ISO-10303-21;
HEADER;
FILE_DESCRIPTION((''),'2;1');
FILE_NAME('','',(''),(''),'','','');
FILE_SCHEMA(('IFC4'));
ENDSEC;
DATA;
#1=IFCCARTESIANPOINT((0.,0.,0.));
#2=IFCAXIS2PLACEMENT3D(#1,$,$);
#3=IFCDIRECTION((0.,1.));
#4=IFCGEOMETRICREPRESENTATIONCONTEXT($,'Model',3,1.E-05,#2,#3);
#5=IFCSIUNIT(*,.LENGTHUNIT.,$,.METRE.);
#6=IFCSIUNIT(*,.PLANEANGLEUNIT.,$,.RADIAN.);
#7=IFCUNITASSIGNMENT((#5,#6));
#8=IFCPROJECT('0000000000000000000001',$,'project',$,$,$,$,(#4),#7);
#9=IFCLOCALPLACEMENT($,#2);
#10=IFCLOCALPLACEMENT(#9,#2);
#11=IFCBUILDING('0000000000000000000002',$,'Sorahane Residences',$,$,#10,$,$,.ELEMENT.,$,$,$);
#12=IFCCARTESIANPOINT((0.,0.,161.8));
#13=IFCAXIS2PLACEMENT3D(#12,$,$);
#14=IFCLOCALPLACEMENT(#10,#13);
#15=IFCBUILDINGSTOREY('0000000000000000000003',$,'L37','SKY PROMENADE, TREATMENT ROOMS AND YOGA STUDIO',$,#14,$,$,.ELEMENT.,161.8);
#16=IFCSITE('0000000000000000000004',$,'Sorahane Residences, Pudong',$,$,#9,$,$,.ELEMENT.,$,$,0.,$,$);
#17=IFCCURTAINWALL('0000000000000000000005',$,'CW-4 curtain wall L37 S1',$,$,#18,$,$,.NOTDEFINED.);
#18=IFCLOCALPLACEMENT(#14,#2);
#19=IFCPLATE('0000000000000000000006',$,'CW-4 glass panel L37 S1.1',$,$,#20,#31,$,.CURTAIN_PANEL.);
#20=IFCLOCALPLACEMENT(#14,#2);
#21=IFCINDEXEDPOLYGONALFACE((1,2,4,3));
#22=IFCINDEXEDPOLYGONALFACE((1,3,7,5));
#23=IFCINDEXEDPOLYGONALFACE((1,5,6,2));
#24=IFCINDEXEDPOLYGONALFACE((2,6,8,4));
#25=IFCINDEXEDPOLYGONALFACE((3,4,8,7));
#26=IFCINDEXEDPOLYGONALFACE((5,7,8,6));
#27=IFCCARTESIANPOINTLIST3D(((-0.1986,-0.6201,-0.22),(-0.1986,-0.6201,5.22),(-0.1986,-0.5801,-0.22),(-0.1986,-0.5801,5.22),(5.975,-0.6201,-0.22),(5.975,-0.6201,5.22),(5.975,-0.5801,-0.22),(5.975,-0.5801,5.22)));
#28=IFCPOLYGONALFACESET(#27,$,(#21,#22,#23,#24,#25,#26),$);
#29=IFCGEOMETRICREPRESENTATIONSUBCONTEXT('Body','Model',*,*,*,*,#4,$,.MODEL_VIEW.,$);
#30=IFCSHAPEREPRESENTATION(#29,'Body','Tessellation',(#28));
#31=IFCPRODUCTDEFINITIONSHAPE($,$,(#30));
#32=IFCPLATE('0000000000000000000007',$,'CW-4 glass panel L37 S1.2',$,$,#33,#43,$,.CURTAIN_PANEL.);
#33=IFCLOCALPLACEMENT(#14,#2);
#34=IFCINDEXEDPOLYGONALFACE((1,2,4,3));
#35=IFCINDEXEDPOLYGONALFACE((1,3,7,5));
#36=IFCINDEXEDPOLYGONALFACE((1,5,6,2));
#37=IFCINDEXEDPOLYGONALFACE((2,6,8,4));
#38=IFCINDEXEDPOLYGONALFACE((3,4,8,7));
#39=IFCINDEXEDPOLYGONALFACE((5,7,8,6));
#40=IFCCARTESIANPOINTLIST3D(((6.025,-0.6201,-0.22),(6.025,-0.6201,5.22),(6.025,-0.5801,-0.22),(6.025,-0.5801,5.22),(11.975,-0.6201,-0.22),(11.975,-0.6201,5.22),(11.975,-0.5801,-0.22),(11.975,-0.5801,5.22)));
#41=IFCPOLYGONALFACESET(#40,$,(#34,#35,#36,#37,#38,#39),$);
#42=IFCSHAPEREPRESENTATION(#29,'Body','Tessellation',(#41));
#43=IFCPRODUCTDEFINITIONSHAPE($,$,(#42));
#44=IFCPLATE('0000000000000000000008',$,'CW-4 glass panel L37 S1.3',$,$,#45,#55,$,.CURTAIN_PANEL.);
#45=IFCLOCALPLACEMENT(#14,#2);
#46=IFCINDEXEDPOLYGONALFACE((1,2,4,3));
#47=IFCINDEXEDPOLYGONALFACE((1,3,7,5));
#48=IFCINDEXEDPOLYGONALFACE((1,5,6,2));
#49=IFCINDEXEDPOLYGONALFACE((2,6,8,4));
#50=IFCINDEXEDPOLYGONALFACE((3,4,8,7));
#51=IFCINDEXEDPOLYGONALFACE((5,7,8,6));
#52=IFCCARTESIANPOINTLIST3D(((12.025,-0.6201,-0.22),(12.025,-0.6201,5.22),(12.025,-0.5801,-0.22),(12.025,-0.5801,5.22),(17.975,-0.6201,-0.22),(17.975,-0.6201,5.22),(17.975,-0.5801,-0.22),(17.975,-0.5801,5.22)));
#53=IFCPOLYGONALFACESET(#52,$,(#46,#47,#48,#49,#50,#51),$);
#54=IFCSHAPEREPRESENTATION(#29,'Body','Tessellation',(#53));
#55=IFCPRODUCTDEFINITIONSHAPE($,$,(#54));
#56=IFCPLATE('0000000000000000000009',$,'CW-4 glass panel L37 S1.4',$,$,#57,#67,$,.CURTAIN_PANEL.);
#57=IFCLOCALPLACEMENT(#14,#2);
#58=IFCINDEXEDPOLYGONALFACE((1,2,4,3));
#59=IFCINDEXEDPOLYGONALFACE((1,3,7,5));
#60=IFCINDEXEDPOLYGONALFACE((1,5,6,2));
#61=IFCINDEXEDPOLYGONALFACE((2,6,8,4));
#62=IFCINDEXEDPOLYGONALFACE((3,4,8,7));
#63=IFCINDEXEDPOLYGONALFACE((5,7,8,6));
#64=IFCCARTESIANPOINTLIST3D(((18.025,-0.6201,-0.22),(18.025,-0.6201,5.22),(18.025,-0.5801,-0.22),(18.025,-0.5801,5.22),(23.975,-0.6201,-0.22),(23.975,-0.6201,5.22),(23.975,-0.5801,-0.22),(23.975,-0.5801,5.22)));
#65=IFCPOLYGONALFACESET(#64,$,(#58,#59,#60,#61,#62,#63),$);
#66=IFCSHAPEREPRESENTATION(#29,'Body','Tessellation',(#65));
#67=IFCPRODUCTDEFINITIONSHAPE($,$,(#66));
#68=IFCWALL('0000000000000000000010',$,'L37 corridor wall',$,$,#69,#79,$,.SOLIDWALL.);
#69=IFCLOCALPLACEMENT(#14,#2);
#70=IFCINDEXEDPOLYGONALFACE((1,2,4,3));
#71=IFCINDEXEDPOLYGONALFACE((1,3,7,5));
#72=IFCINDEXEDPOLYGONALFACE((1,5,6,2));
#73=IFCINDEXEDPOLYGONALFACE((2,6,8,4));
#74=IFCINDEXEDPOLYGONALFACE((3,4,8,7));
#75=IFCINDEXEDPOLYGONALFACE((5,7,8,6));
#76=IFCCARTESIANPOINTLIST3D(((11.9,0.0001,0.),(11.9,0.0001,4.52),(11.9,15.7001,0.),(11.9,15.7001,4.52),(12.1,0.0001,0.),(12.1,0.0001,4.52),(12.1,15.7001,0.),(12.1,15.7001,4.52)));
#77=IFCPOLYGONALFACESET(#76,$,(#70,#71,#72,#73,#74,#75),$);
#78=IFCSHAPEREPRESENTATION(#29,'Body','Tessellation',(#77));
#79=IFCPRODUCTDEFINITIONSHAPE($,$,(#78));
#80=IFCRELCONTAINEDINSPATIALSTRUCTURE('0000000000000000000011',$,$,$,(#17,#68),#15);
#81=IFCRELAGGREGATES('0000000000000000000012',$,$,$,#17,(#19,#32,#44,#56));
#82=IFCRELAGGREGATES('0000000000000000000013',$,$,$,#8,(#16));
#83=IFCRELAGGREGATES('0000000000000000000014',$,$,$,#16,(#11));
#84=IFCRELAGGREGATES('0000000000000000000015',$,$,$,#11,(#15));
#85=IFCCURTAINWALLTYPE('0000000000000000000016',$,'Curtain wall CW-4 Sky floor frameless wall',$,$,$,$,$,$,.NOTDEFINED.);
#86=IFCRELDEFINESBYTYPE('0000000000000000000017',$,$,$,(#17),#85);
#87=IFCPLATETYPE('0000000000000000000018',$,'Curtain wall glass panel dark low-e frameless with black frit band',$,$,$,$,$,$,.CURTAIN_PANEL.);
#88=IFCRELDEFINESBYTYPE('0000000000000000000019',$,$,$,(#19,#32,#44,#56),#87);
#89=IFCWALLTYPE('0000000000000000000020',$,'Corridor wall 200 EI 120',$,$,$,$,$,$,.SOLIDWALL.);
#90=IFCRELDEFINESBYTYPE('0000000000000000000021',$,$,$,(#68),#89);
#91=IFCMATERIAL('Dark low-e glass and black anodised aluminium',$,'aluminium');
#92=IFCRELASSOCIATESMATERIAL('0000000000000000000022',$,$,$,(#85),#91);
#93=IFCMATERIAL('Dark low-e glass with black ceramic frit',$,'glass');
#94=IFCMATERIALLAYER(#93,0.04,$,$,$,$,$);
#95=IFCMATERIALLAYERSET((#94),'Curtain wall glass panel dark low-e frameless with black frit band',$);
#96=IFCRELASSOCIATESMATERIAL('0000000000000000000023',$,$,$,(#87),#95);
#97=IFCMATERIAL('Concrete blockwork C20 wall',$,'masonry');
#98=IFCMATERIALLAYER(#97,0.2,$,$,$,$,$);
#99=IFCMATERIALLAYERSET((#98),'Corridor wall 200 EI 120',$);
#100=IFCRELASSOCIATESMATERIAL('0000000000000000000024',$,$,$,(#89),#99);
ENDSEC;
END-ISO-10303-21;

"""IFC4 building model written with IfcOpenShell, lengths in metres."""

from ifc_helpers import new_model, si_unit, direction, frame, frame_2d, origin, origin_2d, place, context, subcontext, project, spatial, rectangle, extrude, material, layer, layer_set, type_object, element, aggregate, save


model = new_model("IFC4")

# Units and contexts
model_context = context("Model", 3, precision=1e-05, world=origin(), true_north=direction((0.0, 1.0)))
body_context = subcontext(model_context, "Body", "Model", "MODEL_VIEW")
ifc_project = project(units=[si_unit("LENGTHUNIT", "METRE"), si_unit("PLANEANGLEUNIT", "RADIAN")], contexts=[model_context])

# Site, building, storey
site_placement = place(None, origin())
site = spatial("IfcSite", under=ifc_project, at=site_placement, Name="Sorahane Residences, Pudong", CompositionType="ELEMENT", RefElevation=0.0)
building_placement = place(site_placement, origin())
building = spatial("IfcBuilding", under=site, at=building_placement, Name="Sorahane Residences", CompositionType="ELEMENT")
storey_placement = place(building_placement, frame((0.0, 0.0, 161.8)))
storey = spatial("IfcBuildingStorey", under=building, at=storey_placement, Name="L37", Description="SKY PROMENADE, TREATMENT ROOMS AND YOGA STUDIO", CompositionType="ELEMENT", Elevation=161.8)

# Curtain wall
ifc_material_1 = material(Name="Dark low-e glass and black anodised aluminium", Category="aluminium")
curtain_wall_type = type_object("IfcCurtainWallType", Name="Curtain wall CW-4 Sky floor frameless wall", PredefinedType="NOTDEFINED", material=ifc_material_1)
curtain_wall_placement = place(storey_placement, origin())
curtain_wall = element("IfcCurtainWall", 1, at=curtain_wall_placement, inside=storey, type_object=curtain_wall_type, Name="CW-4 curtain wall L37 S1", PredefinedType="NOTDEFINED")

# Plates
ifc_material_2 = material(Name="Dark low-e glass with black ceramic frit", Category="glass")
ifc_layer_1 = layer(ifc_material_2, 0.04)
ifc_layer_set_1 = layer_set([ifc_layer_1], Name="Curtain wall glass panel dark low-e frameless with black frit band")
plate_type = type_object("IfcPlateType", Name="Curtain wall glass panel dark low-e frameless with black frit band", PredefinedType="CURTAIN_PANEL", material=ifc_layer_set_1)
plate_1_placement = place(storey_placement, frame((2.8882, -0.6001, -0.22), z_axis=(0.0, 0.0, 1.0), x_axis=(1.0, 0.0, 0.0)))
plate_1 = element("IfcPlate", 2, at=plate_1_placement, type_object=plate_type, Name="CW-4 glass panel L37 S1.1", PredefinedType="CURTAIN_PANEL", context=body_context, shape_type="SweptSolid", body=[
    extrude(rectangle(XDim=6.1736, YDim=0.04, at=origin_2d()), origin(), (0.0, 0.0, 1.0), 5.4399),
])
plate_2_placement = place(storey_placement, frame((9.0, -0.6001, -0.22), z_axis=(0.0, 0.0, 1.0), x_axis=(1.0, 0.0, 0.0)))
plate_2 = element("IfcPlate", 3, at=plate_2_placement, type_object=plate_type, Name="CW-4 glass panel L37 S1.2", PredefinedType="CURTAIN_PANEL", context=body_context, shape_type="SweptSolid", body=[
    extrude(rectangle(XDim=5.95, YDim=0.04, at=origin_2d()), origin(), (0.0, 0.0, 1.0), 5.4399),
])
plate_3_placement = place(storey_placement, frame((15.0, -0.6001, -0.22), z_axis=(0.0, 0.0, 1.0), x_axis=(1.0, 0.0, 0.0)))
plate_3 = element("IfcPlate", 4, at=plate_3_placement, type_object=plate_type, Name="CW-4 glass panel L37 S1.3", PredefinedType="CURTAIN_PANEL", context=body_context, shape_type="SweptSolid", body=[
    extrude(rectangle(XDim=5.95, YDim=0.04, at=origin_2d()), origin(), (0.0, 0.0, 1.0), 5.4399),
])
plate_4_placement = place(storey_placement, frame((21.0, -0.6001, -0.22), z_axis=(0.0, 0.0, 1.0), x_axis=(1.0, 0.0, 0.0)))
plate_4 = element("IfcPlate", 5, at=plate_4_placement, type_object=plate_type, Name="CW-4 glass panel L37 S1.4", PredefinedType="CURTAIN_PANEL", context=body_context, shape_type="SweptSolid", body=[
    extrude(rectangle(XDim=5.95, YDim=0.04, at=origin_2d()), origin(), (0.0, 0.0, 1.0), 5.4399),
])
aggregate(curtain_wall, [plate_1, plate_2, plate_3, plate_4])

# Wall
ifc_material_3 = material(Name="Concrete blockwork C20 wall", Category="masonry")
ifc_layer_2 = layer(ifc_material_3, 0.2)
ifc_layer_set_2 = layer_set([ifc_layer_2], Name="Corridor wall 200 EI 120")
wall_type = type_object("IfcWallType", Name="Corridor wall 200 EI 120", PredefinedType="SOLIDWALL", material=ifc_layer_set_2)
wall_placement = place(storey_placement, frame((12.0, 0.0, 0.0), z_axis=(0.0, 0.0, 1.0), x_axis=(0.0, 1.0, 0.0)))
element("IfcWall", 6, at=wall_placement, inside=storey, type_object=wall_type, Name="L37 corridor wall", PredefinedType="SOLIDWALL", context=body_context, shape_type="SweptSolid", body=[
    extrude(rectangle(XDim=15.7, YDim=0.2, at=frame_2d((7.8501, 0.0))), origin(), (0.0, 0.0, 1.0), 4.52),
])

save(model, "model.ifc")
